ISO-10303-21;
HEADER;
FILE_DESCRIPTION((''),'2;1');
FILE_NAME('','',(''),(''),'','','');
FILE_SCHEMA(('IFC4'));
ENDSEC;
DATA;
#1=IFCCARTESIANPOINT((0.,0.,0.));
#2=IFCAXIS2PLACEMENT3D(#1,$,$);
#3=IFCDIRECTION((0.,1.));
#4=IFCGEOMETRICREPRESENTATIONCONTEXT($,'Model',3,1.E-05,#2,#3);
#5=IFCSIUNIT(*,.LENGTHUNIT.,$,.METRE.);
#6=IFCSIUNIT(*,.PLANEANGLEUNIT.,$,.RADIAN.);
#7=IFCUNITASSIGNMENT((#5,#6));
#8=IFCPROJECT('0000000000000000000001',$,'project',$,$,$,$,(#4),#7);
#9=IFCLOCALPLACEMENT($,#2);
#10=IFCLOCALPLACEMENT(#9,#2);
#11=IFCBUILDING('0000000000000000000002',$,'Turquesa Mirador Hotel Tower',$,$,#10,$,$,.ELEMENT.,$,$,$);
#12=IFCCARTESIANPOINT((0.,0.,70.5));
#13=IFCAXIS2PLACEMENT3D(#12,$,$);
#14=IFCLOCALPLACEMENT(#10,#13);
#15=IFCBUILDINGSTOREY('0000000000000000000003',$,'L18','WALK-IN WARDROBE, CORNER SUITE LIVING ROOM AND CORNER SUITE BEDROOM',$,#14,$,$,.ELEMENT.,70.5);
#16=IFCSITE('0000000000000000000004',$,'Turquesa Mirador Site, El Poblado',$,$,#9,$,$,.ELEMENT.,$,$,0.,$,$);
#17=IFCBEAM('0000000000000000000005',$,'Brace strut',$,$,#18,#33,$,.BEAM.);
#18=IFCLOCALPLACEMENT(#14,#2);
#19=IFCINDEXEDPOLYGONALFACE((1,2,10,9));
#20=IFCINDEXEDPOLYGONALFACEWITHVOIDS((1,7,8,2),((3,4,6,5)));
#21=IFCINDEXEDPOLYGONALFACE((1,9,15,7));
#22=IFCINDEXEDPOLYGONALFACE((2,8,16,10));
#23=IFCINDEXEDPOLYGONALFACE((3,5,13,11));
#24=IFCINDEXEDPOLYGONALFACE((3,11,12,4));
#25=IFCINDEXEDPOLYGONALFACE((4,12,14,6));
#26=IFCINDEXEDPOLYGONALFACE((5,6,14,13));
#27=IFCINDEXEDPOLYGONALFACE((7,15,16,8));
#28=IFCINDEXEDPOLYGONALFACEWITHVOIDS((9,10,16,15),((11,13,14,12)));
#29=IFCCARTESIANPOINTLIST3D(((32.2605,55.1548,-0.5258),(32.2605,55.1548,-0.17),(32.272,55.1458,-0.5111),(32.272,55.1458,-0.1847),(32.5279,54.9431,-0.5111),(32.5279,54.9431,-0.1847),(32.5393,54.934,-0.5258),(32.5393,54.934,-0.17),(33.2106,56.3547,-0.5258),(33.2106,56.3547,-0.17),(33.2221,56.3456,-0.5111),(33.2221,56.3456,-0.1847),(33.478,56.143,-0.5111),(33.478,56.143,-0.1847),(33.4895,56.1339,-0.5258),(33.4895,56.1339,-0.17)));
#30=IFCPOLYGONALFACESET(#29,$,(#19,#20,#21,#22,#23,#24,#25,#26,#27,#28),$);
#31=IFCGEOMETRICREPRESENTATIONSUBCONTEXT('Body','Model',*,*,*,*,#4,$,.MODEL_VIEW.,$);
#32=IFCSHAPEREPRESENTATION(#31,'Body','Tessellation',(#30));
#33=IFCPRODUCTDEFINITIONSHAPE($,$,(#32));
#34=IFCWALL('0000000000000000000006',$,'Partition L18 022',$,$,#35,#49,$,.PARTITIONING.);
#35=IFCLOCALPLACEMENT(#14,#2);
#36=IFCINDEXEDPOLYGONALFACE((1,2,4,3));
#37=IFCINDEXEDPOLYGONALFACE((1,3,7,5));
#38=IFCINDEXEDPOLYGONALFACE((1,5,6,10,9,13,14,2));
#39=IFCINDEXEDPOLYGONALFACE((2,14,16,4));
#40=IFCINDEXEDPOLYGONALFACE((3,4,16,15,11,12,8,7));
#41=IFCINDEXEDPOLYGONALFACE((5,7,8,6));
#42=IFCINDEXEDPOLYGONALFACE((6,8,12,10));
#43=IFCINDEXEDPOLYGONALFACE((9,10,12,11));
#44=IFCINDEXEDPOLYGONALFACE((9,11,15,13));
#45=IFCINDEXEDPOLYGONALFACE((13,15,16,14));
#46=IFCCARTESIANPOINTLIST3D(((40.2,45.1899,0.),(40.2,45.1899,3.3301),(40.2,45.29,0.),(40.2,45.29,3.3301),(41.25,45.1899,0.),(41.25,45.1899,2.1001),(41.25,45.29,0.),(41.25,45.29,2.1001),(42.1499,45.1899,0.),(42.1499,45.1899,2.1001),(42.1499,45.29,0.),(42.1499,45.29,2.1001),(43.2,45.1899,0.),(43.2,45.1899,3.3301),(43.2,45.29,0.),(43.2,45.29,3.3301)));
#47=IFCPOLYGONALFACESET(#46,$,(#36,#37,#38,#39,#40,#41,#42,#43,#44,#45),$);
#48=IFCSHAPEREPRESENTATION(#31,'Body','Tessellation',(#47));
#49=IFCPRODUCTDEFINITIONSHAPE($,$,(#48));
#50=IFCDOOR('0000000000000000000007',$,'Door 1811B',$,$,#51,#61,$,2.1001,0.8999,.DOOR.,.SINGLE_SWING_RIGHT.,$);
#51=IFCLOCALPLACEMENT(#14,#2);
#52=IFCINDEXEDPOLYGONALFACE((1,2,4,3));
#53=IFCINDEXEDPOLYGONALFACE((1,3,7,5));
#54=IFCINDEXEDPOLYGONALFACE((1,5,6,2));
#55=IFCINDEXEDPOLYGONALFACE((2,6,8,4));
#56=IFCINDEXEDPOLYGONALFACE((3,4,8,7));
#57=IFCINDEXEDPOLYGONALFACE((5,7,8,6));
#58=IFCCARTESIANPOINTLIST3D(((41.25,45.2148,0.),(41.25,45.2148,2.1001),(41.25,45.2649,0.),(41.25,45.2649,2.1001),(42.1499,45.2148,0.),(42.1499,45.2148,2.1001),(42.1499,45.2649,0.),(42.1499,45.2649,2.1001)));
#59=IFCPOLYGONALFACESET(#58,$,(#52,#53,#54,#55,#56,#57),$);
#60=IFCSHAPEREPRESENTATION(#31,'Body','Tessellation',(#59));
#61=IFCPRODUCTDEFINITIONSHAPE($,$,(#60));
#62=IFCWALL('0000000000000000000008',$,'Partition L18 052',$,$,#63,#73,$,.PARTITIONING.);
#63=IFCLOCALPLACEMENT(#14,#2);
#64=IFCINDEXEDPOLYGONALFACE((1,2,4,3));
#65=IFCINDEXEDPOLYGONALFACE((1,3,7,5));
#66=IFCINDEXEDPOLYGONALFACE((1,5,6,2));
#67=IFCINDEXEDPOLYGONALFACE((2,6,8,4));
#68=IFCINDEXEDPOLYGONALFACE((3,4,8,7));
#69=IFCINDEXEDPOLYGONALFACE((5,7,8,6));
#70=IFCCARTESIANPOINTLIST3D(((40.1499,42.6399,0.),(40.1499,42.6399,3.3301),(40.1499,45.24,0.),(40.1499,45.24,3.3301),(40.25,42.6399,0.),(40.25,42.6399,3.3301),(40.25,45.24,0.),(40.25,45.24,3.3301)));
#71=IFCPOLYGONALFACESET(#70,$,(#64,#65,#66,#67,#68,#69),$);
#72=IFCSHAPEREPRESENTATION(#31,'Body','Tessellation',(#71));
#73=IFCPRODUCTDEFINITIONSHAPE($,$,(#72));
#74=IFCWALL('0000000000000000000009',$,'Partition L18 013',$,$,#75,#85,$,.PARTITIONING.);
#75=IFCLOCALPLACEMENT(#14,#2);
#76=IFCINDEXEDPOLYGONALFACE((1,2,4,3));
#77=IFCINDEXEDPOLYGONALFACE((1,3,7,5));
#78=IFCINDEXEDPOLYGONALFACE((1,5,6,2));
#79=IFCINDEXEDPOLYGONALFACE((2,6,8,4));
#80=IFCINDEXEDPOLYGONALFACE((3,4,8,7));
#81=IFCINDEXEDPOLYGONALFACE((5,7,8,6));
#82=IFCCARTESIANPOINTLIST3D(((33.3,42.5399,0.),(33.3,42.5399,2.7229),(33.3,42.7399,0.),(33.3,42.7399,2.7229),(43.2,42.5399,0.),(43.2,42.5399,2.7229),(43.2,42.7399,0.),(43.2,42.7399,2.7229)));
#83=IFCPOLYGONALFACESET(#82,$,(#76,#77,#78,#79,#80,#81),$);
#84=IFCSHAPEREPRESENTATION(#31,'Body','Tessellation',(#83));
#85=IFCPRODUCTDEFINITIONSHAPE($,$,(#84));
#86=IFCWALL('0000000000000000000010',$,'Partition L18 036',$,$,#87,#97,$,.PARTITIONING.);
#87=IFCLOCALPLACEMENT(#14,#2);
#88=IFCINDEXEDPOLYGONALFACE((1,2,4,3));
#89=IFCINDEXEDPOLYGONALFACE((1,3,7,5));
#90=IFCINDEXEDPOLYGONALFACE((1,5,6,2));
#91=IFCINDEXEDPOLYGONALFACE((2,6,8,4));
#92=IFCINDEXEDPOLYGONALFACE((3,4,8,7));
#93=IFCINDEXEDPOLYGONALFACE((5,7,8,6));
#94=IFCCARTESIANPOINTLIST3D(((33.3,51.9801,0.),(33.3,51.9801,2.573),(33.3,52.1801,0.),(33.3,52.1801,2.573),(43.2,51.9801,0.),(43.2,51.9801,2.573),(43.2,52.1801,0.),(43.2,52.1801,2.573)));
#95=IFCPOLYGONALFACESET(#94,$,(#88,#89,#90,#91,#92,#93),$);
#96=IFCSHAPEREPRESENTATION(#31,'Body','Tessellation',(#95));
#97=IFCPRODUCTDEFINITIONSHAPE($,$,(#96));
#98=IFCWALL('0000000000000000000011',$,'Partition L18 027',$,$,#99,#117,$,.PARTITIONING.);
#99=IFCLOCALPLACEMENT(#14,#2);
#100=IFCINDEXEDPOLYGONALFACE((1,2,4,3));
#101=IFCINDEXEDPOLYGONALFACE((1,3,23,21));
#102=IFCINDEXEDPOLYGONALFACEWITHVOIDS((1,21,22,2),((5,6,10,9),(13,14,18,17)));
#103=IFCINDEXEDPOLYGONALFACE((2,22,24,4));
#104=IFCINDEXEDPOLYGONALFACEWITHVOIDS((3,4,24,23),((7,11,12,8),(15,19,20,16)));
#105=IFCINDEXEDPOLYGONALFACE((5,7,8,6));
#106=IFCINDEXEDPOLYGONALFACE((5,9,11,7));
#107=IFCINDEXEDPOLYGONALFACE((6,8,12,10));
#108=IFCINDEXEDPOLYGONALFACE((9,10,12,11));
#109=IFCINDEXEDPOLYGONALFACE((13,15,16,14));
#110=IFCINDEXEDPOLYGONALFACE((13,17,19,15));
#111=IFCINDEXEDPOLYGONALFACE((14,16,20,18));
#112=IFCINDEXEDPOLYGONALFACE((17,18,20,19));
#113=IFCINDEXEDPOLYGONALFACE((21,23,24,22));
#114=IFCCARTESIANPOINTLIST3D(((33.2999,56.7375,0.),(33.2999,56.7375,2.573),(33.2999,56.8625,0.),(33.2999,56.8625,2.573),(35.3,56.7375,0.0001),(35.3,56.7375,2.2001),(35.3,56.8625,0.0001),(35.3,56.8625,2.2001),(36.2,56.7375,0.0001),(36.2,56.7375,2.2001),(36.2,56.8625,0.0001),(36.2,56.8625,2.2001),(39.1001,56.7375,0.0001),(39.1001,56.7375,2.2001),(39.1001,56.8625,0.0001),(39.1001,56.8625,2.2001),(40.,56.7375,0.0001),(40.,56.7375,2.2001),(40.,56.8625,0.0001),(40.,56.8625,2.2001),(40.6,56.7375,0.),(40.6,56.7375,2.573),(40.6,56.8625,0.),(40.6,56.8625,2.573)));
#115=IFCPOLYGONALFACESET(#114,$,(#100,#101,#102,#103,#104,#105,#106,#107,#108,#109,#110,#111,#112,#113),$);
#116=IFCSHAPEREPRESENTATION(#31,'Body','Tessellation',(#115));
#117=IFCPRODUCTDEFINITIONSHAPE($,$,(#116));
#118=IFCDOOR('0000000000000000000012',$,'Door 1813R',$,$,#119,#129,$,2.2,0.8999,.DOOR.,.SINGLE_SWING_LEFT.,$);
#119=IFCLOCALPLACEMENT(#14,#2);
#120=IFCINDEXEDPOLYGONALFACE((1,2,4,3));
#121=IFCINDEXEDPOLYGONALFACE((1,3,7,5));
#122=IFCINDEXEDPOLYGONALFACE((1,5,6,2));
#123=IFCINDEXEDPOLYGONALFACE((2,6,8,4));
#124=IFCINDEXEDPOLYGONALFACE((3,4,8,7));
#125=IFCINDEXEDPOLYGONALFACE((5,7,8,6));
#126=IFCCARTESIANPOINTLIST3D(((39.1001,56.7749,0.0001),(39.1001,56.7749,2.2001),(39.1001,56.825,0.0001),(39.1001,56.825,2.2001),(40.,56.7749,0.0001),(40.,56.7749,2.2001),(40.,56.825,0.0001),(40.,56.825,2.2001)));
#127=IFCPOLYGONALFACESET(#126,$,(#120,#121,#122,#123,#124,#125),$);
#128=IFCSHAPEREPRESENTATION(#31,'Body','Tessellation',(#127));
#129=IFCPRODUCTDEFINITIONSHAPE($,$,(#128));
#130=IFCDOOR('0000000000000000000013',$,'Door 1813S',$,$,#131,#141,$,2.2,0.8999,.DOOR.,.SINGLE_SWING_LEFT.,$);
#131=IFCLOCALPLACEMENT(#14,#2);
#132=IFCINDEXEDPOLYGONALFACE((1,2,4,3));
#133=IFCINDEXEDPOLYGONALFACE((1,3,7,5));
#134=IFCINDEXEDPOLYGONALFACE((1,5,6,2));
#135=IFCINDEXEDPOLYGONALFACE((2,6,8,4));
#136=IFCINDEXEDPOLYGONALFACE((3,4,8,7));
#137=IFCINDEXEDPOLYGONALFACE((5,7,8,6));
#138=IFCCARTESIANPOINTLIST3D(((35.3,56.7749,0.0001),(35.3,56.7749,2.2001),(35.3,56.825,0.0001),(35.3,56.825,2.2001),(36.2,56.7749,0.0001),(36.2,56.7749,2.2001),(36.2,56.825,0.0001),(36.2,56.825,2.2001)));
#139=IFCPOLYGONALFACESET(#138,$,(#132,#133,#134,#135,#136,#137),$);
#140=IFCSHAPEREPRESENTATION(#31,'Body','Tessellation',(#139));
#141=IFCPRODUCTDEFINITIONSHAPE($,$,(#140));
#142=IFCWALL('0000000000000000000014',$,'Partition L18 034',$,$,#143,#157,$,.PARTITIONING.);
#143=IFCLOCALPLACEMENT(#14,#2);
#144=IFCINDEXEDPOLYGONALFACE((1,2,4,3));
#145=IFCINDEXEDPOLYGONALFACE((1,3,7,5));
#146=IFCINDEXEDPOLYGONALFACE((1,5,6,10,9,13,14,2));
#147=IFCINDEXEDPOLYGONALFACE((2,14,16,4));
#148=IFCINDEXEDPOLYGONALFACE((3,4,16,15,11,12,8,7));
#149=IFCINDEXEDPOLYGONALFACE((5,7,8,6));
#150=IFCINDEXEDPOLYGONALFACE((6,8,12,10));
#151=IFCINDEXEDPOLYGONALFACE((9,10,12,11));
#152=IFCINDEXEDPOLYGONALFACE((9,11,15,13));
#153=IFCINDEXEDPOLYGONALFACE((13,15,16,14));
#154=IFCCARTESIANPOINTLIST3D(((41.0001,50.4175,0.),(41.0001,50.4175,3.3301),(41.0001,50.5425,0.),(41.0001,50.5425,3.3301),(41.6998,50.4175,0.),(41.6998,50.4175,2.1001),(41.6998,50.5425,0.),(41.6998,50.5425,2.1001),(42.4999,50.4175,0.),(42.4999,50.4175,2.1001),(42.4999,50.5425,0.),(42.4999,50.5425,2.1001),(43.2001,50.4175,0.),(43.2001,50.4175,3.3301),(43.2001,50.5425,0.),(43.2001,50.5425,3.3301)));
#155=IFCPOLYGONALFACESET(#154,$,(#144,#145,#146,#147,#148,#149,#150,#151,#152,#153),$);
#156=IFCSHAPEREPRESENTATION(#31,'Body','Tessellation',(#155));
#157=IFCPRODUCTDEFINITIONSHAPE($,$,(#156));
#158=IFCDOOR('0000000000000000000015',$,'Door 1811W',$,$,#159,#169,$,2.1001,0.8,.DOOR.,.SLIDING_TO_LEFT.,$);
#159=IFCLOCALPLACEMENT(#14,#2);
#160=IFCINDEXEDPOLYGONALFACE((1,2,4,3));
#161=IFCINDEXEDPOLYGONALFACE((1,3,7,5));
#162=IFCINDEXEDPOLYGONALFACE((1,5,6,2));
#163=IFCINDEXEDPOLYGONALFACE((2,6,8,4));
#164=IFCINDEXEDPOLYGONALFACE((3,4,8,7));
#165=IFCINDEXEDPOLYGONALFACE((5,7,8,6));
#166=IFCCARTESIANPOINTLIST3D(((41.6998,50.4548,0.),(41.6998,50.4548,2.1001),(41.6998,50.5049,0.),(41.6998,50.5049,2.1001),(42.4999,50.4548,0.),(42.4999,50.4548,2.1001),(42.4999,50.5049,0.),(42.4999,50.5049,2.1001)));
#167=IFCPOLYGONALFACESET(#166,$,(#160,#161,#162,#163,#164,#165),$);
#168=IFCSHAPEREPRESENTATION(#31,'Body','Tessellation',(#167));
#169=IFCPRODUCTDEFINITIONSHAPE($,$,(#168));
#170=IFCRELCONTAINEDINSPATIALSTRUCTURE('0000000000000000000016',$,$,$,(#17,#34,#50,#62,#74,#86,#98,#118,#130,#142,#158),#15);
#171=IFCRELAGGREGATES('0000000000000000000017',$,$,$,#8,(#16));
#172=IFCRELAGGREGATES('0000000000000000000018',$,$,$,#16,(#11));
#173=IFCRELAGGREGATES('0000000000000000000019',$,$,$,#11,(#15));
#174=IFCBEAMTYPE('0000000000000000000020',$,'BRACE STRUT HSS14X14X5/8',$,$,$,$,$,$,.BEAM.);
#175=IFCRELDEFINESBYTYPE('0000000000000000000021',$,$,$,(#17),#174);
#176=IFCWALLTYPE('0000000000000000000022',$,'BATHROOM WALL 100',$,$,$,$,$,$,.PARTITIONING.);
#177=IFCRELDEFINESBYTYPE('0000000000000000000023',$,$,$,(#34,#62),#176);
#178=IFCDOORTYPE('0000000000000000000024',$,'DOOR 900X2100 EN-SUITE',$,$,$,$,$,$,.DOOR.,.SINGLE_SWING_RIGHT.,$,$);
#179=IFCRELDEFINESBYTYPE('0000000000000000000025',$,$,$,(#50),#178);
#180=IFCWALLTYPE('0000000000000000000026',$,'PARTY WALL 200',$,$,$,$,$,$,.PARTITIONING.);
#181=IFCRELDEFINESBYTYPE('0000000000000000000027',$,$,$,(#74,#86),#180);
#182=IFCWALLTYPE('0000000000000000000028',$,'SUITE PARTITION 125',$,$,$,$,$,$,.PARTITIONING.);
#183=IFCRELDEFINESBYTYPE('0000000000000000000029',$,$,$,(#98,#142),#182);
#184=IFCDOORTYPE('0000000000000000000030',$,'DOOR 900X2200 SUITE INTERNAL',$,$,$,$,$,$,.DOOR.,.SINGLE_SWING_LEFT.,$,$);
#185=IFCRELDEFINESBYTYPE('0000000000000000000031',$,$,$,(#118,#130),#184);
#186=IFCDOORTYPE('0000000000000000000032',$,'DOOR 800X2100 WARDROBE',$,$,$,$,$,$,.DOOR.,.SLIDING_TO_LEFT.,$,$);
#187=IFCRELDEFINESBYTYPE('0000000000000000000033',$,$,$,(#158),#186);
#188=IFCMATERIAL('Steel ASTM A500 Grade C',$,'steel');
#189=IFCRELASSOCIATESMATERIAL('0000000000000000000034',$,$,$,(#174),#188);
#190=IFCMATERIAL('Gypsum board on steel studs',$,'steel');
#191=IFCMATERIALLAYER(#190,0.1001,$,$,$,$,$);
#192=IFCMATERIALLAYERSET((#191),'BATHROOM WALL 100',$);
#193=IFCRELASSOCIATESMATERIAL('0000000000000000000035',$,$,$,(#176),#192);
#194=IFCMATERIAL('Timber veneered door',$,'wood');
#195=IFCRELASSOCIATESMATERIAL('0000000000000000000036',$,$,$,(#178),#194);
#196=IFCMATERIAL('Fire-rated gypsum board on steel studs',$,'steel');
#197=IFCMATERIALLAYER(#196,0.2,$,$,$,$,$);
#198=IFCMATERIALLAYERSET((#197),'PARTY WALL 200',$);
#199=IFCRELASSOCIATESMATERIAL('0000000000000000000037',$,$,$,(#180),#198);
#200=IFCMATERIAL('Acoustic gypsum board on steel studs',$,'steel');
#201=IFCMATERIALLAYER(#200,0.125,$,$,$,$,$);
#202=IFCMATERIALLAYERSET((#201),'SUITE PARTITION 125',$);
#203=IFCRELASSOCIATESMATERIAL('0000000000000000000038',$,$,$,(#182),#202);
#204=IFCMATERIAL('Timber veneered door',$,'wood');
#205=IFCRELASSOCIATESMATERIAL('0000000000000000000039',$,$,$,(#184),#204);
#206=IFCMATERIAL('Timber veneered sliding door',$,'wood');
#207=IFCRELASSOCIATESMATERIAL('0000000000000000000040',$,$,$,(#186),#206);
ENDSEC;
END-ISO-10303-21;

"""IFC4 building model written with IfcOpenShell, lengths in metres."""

from ifc_helpers import new_model, si_unit, direction, frame, frame_2d, origin, origin_2d, place, context, subcontext, project, spatial, rectangle, hollow_rectangle, extrude, material, layer, layer_set, material_profile, profile_set, type_object, element, fill, save


model = new_model("IFC4")

# Units and contexts
model_context = context("Model", 3, precision=1e-05, world=origin(), true_north=direction((0.0, 1.0)))
body_context = subcontext(model_context, "Body", "Model", "MODEL_VIEW")
ifc_project = project(units=[si_unit("LENGTHUNIT", "METRE"), si_unit("PLANEANGLEUNIT", "RADIAN")], contexts=[model_context])

# Site, building, storey
site_placement = place(None, origin())
site = spatial("IfcSite", under=ifc_project, at=site_placement, Name="Turquesa Mirador Site, El Poblado", CompositionType="ELEMENT", RefElevation=0.0)
building_placement = place(site_placement, origin())
building = spatial("IfcBuilding", under=site, at=building_placement, Name="Turquesa Mirador Hotel Tower", CompositionType="ELEMENT")
storey_placement = place(building_placement, frame((0.0, 0.0, 70.5)))
storey = spatial("IfcBuildingStorey", under=building, at=storey_placement, Name="L18", Description="WALK-IN WARDROBE, CORNER SUITE LIVING ROOM AND CORNER SUITE BEDROOM", CompositionType="ELEMENT", Elevation=70.5)

# Beam
ifc_material_1 = material(Name="Steel ASTM A500 Grade C", Category="steel")
ifc_material_profile_1 = material_profile(ifc_material_1, hollow_rectangle(XDim=0.3557, YDim=0.3557, WallThickness=0.0146, at=origin_2d()), Name="HSS14X14X5/8")
ifc_profile_set_1 = profile_set([ifc_material_profile_1], Name="Steel ASTM A500 Grade C")
beam_type_1 = type_object("IfcBeamType", Name="BRACE STRUT HSS14X14X5/8", PredefinedType="BEAM", material=ifc_profile_set_1)
for number, where, z_axis, x_axis, name in (
    (1, (32.3999, 55.0444, -0.3479), (0.620797, 0.783971, 0.0), (-0.783971, 0.620797, 0.0), "Brace strut"),
):
    element("IfcBeam", number, at=place(storey_placement, frame(where, z_axis=z_axis, x_axis=x_axis)), inside=storey, type_object=beam_type_1, Name=name, PredefinedType="BEAM", context=body_context, shape_type="SweptSolid", body=[
        extrude(hollow_rectangle(XDim=0.3557, YDim=0.3557, WallThickness=0.0146, at=origin_2d()), origin(), (0.0, 0.0, 1.0), 1.5305),
    ])

# Wall, opening, door
ifc_material_2 = material(Name="Gypsum board on steel studs", Category="steel")
ifc_layer_1 = layer(ifc_material_2, 0.1001)
ifc_layer_set_1 = layer_set([ifc_layer_1], Name="BATHROOM WALL 100")
wall_type_1 = type_object("IfcWallType", Name="BATHROOM WALL 100", PredefinedType="PARTITIONING", material=ifc_layer_set_1)
wall_1_placement = place(storey_placement, frame((40.2, 45.24, 0.0), z_axis=(0.0, 0.0, 1.0), x_axis=(1.0, 0.0, 0.0)))
wall_1 = element("IfcWall", 2, at=wall_1_placement, inside=storey, type_object=wall_type_1, Name="Partition L18 022", PredefinedType="PARTITIONING", context=body_context, shape_type="SweptSolid", body=[
    extrude(rectangle(XDim=3.0, YDim=0.1001, at=frame_2d((1.5, 0.0))), origin(), (0.0, 0.0, 1.0), 3.3301),
])
opening_1_placement = place(wall_1_placement, frame((1.05, 0.0, 0.0)))
opening_1 = element("IfcOpeningElement", 3, at=opening_1_placement, cuts=wall_1, PredefinedType="OPENING", context=body_context, shape_type="SweptSolid", body=[
    extrude(rectangle(XDim=0.8999, YDim=2.1001, at=frame_2d((0.45, 1.05))), frame((0.0, 0.0601, 0.0), z_axis=(0.0, -1.0, 0.0), x_axis=(1.0, 0.0, 0.0)), (0.0, 0.0, 1.0), 0.1201),
])
ifc_material_3 = material(Name="Timber veneered door", Category="wood")
door_type_1 = type_object("IfcDoorType", Name="DOOR 900X2100 EN-SUITE", OperationType="SINGLE_SWING_RIGHT", PredefinedType="DOOR", material=ifc_material_3)
door_1_placement = place(opening_1_placement, origin())
door_1 = element("IfcDoor", 4, at=door_1_placement, inside=storey, type_object=door_type_1, Name="Door 1811B", OperationType="SINGLE_SWING_RIGHT", OverallHeight=2.1001, OverallWidth=0.8999, PredefinedType="DOOR", context=body_context, shape_type="SweptSolid", body=[
    extrude(rectangle(XDim=0.8999, YDim=2.1001, at=frame_2d((0.45, 1.05))), frame((0.0, 0.0249, 0.0), z_axis=(0.0, -1.0, 0.0), x_axis=(1.0, 0.0, 0.0)), (0.0, 0.0, 1.0), 0.05),
])
fill(opening_1, door_1)

# Walls
wall_2_placement = place(storey_placement, frame((40.2, 42.6399, 0.0), z_axis=(0.0, 0.0, 1.0), x_axis=(0.0, 1.0, 0.0)))
element("IfcWall", 5, at=wall_2_placement, inside=storey, type_object=wall_type_1, Name="Partition L18 052", PredefinedType="PARTITIONING", context=body_context, shape_type="SweptSolid", body=[
    extrude(rectangle(XDim=2.6001, YDim=0.1001, at=frame_2d((1.3, 0.0))), origin(), (0.0, 0.0, 1.0), 3.3301),
])
ifc_material_4 = material(Name="Fire-rated gypsum board on steel studs", Category="steel")
ifc_layer_2 = layer(ifc_material_4, 0.2)
ifc_layer_set_2 = layer_set([ifc_layer_2], Name="PARTY WALL 200")
wall_type_2 = type_object("IfcWallType", Name="PARTY WALL 200", PredefinedType="PARTITIONING", material=ifc_layer_set_2)
wall_3_placement = place(storey_placement, frame((33.3, 42.6399, 0.0), z_axis=(0.0, 0.0, 1.0), x_axis=(1.0, 0.0, 0.0)))
element("IfcWall", 6, at=wall_3_placement, inside=storey, type_object=wall_type_2, Name="Partition L18 013", PredefinedType="PARTITIONING", context=body_context, shape_type="SweptSolid", body=[
    extrude(rectangle(XDim=9.8999, YDim=0.2, at=frame_2d((4.95, 0.0))), origin(), (0.0, 0.0, 1.0), 2.7229),
])
wall_4_placement = place(storey_placement, frame((33.3, 52.0801, 0.0), z_axis=(0.0, 0.0, 1.0), x_axis=(1.0, 0.0, 0.0)))
element("IfcWall", 7, at=wall_4_placement, inside=storey, type_object=wall_type_2, Name="Partition L18 036", PredefinedType="PARTITIONING", context=body_context, shape_type="SweptSolid", body=[
    extrude(rectangle(XDim=9.8999, YDim=0.2, at=frame_2d((4.95, 0.0))), origin(), (0.0, 0.0, 1.0), 2.573),
])

# Wall, openings, doors
ifc_material_5 = material(Name="Acoustic gypsum board on steel studs", Category="steel")
ifc_layer_3 = layer(ifc_material_5, 0.125)
ifc_layer_set_3 = layer_set([ifc_layer_3], Name="SUITE PARTITION 125")
wall_type_3 = type_object("IfcWallType", Name="SUITE PARTITION 125", PredefinedType="PARTITIONING", material=ifc_layer_set_3)
wall_5_placement = place(storey_placement, frame((33.3, 56.8, 0.0), z_axis=(0.0, 0.0, 1.0), x_axis=(1.0, 0.0, 0.0)))
wall_5 = element("IfcWall", 8, at=wall_5_placement, inside=storey, type_object=wall_type_3, Name="Partition L18 027", PredefinedType="PARTITIONING", context=body_context, shape_type="SweptSolid", body=[
    extrude(rectangle(XDim=7.3, YDim=0.125, at=frame_2d((3.6499, 0.0))), origin(), (0.0, 0.0, 1.0), 2.573),
])
opening_2_placement = place(wall_5_placement, frame((5.8, 0.0, 0.0)))
opening_2 = element("IfcOpeningElement", 9, at=opening_2_placement, cuts=wall_5, PredefinedType="OPENING", context=body_context, shape_type="SweptSolid", body=[
    extrude(rectangle(XDim=0.8999, YDim=2.2, at=frame_2d((0.45, 1.1001))), frame((0.0, 0.0725, 0.0), z_axis=(0.0, -1.0, 0.0), x_axis=(1.0, 0.0, 0.0)), (0.0, 0.0, 1.0), 0.145),
])
opening_3_placement = place(wall_5_placement, frame((2.0, 0.0, 0.0)))
opening_3 = element("IfcOpeningElement", 10, at=opening_3_placement, cuts=wall_5, PredefinedType="OPENING", context=body_context, shape_type="SweptSolid", body=[
    extrude(rectangle(XDim=0.8999, YDim=2.2, at=frame_2d((0.45, 1.1001))), frame((0.0, 0.0725, 0.0), z_axis=(0.0, -1.0, 0.0), x_axis=(1.0, 0.0, 0.0)), (0.0, 0.0, 1.0), 0.145),
])
ifc_material_6 = material(Name="Timber veneered door", Category="wood")
door_type_2 = type_object("IfcDoorType", Name="DOOR 900X2200 SUITE INTERNAL", OperationType="SINGLE_SWING_LEFT", PredefinedType="DOOR", material=ifc_material_6)
door_2_placement = place(opening_2_placement, origin())
door_2 = element("IfcDoor", 11, at=door_2_placement, inside=storey, type_object=door_type_2, Name="Door 1813R", OperationType="SINGLE_SWING_LEFT", OverallHeight=2.2, OverallWidth=0.8999, PredefinedType="DOOR", context=body_context, shape_type="SweptSolid", body=[
    extrude(rectangle(XDim=0.8999, YDim=2.2, at=frame_2d((0.45, 1.1001))), frame((0.0, 0.0249, 0.0), z_axis=(0.0, -1.0, 0.0), x_axis=(1.0, 0.0, 0.0)), (0.0, 0.0, 1.0), 0.05),
])
fill(opening_2, door_2)
door_3_placement = place(opening_3_placement, origin())
door_3 = element("IfcDoor", 12, at=door_3_placement, inside=storey, type_object=door_type_2, Name="Door 1813S", OperationType="SINGLE_SWING_LEFT", OverallHeight=2.2, OverallWidth=0.8999, PredefinedType="DOOR", context=body_context, shape_type="SweptSolid", body=[
    extrude(rectangle(XDim=0.8999, YDim=2.2, at=frame_2d((0.45, 1.1001))), frame((0.0, 0.0249, 0.0), z_axis=(0.0, -1.0, 0.0), x_axis=(1.0, 0.0, 0.0)), (0.0, 0.0, 1.0), 0.05),
])
fill(opening_3, door_3)

# Wall, opening, door
wall_6_placement = place(storey_placement, frame((41.0, 50.48, 0.0), z_axis=(0.0, 0.0, 1.0), x_axis=(1.0, 0.0, 0.0)))
wall_6 = element("IfcWall", 13, at=wall_6_placement, inside=storey, type_object=wall_type_3, Name="Partition L18 034", PredefinedType="PARTITIONING", context=body_context, shape_type="SweptSolid", body=[
    extrude(rectangle(XDim=2.2, YDim=0.125, at=frame_2d((1.1001, 0.0))), origin(), (0.0, 0.0, 1.0), 3.3301),
])
opening_4_placement = place(wall_6_placement, frame((0.7, 0.0, 0.0)))
opening_4 = element("IfcOpeningElement", 14, at=opening_4_placement, cuts=wall_6, PredefinedType="OPENING", context=body_context, shape_type="SweptSolid", body=[
    extrude(rectangle(XDim=0.8, YDim=2.1001, at=frame_2d((0.3999, 1.05))), frame((0.0, 0.0725, 0.0), z_axis=(0.0, -1.0, 0.0), x_axis=(1.0, 0.0, 0.0)), (0.0, 0.0, 1.0), 0.145),
])
ifc_material_7 = material(Name="Timber veneered sliding door", Category="wood")
door_type_3 = type_object("IfcDoorType", Name="DOOR 800X2100 WARDROBE", OperationType="SLIDING_TO_LEFT", PredefinedType="DOOR", material=ifc_material_7)
door_4_placement = place(opening_4_placement, origin())
door_4 = element("IfcDoor", 15, at=door_4_placement, inside=storey, type_object=door_type_3, Name="Door 1811W", OperationType="SLIDING_TO_LEFT", OverallHeight=2.1001, OverallWidth=0.8, PredefinedType="DOOR", context=body_context, shape_type="SweptSolid", body=[
    extrude(rectangle(XDim=0.8, YDim=2.1001, at=frame_2d((0.3999, 1.05))), frame((0.0, 0.0249, 0.0), z_axis=(0.0, -1.0, 0.0), x_axis=(1.0, 0.0, 0.0)), (0.0, 0.0, 1.0), 0.05),
])
fill(opening_4, door_4)

save(model, "model.ifc")
